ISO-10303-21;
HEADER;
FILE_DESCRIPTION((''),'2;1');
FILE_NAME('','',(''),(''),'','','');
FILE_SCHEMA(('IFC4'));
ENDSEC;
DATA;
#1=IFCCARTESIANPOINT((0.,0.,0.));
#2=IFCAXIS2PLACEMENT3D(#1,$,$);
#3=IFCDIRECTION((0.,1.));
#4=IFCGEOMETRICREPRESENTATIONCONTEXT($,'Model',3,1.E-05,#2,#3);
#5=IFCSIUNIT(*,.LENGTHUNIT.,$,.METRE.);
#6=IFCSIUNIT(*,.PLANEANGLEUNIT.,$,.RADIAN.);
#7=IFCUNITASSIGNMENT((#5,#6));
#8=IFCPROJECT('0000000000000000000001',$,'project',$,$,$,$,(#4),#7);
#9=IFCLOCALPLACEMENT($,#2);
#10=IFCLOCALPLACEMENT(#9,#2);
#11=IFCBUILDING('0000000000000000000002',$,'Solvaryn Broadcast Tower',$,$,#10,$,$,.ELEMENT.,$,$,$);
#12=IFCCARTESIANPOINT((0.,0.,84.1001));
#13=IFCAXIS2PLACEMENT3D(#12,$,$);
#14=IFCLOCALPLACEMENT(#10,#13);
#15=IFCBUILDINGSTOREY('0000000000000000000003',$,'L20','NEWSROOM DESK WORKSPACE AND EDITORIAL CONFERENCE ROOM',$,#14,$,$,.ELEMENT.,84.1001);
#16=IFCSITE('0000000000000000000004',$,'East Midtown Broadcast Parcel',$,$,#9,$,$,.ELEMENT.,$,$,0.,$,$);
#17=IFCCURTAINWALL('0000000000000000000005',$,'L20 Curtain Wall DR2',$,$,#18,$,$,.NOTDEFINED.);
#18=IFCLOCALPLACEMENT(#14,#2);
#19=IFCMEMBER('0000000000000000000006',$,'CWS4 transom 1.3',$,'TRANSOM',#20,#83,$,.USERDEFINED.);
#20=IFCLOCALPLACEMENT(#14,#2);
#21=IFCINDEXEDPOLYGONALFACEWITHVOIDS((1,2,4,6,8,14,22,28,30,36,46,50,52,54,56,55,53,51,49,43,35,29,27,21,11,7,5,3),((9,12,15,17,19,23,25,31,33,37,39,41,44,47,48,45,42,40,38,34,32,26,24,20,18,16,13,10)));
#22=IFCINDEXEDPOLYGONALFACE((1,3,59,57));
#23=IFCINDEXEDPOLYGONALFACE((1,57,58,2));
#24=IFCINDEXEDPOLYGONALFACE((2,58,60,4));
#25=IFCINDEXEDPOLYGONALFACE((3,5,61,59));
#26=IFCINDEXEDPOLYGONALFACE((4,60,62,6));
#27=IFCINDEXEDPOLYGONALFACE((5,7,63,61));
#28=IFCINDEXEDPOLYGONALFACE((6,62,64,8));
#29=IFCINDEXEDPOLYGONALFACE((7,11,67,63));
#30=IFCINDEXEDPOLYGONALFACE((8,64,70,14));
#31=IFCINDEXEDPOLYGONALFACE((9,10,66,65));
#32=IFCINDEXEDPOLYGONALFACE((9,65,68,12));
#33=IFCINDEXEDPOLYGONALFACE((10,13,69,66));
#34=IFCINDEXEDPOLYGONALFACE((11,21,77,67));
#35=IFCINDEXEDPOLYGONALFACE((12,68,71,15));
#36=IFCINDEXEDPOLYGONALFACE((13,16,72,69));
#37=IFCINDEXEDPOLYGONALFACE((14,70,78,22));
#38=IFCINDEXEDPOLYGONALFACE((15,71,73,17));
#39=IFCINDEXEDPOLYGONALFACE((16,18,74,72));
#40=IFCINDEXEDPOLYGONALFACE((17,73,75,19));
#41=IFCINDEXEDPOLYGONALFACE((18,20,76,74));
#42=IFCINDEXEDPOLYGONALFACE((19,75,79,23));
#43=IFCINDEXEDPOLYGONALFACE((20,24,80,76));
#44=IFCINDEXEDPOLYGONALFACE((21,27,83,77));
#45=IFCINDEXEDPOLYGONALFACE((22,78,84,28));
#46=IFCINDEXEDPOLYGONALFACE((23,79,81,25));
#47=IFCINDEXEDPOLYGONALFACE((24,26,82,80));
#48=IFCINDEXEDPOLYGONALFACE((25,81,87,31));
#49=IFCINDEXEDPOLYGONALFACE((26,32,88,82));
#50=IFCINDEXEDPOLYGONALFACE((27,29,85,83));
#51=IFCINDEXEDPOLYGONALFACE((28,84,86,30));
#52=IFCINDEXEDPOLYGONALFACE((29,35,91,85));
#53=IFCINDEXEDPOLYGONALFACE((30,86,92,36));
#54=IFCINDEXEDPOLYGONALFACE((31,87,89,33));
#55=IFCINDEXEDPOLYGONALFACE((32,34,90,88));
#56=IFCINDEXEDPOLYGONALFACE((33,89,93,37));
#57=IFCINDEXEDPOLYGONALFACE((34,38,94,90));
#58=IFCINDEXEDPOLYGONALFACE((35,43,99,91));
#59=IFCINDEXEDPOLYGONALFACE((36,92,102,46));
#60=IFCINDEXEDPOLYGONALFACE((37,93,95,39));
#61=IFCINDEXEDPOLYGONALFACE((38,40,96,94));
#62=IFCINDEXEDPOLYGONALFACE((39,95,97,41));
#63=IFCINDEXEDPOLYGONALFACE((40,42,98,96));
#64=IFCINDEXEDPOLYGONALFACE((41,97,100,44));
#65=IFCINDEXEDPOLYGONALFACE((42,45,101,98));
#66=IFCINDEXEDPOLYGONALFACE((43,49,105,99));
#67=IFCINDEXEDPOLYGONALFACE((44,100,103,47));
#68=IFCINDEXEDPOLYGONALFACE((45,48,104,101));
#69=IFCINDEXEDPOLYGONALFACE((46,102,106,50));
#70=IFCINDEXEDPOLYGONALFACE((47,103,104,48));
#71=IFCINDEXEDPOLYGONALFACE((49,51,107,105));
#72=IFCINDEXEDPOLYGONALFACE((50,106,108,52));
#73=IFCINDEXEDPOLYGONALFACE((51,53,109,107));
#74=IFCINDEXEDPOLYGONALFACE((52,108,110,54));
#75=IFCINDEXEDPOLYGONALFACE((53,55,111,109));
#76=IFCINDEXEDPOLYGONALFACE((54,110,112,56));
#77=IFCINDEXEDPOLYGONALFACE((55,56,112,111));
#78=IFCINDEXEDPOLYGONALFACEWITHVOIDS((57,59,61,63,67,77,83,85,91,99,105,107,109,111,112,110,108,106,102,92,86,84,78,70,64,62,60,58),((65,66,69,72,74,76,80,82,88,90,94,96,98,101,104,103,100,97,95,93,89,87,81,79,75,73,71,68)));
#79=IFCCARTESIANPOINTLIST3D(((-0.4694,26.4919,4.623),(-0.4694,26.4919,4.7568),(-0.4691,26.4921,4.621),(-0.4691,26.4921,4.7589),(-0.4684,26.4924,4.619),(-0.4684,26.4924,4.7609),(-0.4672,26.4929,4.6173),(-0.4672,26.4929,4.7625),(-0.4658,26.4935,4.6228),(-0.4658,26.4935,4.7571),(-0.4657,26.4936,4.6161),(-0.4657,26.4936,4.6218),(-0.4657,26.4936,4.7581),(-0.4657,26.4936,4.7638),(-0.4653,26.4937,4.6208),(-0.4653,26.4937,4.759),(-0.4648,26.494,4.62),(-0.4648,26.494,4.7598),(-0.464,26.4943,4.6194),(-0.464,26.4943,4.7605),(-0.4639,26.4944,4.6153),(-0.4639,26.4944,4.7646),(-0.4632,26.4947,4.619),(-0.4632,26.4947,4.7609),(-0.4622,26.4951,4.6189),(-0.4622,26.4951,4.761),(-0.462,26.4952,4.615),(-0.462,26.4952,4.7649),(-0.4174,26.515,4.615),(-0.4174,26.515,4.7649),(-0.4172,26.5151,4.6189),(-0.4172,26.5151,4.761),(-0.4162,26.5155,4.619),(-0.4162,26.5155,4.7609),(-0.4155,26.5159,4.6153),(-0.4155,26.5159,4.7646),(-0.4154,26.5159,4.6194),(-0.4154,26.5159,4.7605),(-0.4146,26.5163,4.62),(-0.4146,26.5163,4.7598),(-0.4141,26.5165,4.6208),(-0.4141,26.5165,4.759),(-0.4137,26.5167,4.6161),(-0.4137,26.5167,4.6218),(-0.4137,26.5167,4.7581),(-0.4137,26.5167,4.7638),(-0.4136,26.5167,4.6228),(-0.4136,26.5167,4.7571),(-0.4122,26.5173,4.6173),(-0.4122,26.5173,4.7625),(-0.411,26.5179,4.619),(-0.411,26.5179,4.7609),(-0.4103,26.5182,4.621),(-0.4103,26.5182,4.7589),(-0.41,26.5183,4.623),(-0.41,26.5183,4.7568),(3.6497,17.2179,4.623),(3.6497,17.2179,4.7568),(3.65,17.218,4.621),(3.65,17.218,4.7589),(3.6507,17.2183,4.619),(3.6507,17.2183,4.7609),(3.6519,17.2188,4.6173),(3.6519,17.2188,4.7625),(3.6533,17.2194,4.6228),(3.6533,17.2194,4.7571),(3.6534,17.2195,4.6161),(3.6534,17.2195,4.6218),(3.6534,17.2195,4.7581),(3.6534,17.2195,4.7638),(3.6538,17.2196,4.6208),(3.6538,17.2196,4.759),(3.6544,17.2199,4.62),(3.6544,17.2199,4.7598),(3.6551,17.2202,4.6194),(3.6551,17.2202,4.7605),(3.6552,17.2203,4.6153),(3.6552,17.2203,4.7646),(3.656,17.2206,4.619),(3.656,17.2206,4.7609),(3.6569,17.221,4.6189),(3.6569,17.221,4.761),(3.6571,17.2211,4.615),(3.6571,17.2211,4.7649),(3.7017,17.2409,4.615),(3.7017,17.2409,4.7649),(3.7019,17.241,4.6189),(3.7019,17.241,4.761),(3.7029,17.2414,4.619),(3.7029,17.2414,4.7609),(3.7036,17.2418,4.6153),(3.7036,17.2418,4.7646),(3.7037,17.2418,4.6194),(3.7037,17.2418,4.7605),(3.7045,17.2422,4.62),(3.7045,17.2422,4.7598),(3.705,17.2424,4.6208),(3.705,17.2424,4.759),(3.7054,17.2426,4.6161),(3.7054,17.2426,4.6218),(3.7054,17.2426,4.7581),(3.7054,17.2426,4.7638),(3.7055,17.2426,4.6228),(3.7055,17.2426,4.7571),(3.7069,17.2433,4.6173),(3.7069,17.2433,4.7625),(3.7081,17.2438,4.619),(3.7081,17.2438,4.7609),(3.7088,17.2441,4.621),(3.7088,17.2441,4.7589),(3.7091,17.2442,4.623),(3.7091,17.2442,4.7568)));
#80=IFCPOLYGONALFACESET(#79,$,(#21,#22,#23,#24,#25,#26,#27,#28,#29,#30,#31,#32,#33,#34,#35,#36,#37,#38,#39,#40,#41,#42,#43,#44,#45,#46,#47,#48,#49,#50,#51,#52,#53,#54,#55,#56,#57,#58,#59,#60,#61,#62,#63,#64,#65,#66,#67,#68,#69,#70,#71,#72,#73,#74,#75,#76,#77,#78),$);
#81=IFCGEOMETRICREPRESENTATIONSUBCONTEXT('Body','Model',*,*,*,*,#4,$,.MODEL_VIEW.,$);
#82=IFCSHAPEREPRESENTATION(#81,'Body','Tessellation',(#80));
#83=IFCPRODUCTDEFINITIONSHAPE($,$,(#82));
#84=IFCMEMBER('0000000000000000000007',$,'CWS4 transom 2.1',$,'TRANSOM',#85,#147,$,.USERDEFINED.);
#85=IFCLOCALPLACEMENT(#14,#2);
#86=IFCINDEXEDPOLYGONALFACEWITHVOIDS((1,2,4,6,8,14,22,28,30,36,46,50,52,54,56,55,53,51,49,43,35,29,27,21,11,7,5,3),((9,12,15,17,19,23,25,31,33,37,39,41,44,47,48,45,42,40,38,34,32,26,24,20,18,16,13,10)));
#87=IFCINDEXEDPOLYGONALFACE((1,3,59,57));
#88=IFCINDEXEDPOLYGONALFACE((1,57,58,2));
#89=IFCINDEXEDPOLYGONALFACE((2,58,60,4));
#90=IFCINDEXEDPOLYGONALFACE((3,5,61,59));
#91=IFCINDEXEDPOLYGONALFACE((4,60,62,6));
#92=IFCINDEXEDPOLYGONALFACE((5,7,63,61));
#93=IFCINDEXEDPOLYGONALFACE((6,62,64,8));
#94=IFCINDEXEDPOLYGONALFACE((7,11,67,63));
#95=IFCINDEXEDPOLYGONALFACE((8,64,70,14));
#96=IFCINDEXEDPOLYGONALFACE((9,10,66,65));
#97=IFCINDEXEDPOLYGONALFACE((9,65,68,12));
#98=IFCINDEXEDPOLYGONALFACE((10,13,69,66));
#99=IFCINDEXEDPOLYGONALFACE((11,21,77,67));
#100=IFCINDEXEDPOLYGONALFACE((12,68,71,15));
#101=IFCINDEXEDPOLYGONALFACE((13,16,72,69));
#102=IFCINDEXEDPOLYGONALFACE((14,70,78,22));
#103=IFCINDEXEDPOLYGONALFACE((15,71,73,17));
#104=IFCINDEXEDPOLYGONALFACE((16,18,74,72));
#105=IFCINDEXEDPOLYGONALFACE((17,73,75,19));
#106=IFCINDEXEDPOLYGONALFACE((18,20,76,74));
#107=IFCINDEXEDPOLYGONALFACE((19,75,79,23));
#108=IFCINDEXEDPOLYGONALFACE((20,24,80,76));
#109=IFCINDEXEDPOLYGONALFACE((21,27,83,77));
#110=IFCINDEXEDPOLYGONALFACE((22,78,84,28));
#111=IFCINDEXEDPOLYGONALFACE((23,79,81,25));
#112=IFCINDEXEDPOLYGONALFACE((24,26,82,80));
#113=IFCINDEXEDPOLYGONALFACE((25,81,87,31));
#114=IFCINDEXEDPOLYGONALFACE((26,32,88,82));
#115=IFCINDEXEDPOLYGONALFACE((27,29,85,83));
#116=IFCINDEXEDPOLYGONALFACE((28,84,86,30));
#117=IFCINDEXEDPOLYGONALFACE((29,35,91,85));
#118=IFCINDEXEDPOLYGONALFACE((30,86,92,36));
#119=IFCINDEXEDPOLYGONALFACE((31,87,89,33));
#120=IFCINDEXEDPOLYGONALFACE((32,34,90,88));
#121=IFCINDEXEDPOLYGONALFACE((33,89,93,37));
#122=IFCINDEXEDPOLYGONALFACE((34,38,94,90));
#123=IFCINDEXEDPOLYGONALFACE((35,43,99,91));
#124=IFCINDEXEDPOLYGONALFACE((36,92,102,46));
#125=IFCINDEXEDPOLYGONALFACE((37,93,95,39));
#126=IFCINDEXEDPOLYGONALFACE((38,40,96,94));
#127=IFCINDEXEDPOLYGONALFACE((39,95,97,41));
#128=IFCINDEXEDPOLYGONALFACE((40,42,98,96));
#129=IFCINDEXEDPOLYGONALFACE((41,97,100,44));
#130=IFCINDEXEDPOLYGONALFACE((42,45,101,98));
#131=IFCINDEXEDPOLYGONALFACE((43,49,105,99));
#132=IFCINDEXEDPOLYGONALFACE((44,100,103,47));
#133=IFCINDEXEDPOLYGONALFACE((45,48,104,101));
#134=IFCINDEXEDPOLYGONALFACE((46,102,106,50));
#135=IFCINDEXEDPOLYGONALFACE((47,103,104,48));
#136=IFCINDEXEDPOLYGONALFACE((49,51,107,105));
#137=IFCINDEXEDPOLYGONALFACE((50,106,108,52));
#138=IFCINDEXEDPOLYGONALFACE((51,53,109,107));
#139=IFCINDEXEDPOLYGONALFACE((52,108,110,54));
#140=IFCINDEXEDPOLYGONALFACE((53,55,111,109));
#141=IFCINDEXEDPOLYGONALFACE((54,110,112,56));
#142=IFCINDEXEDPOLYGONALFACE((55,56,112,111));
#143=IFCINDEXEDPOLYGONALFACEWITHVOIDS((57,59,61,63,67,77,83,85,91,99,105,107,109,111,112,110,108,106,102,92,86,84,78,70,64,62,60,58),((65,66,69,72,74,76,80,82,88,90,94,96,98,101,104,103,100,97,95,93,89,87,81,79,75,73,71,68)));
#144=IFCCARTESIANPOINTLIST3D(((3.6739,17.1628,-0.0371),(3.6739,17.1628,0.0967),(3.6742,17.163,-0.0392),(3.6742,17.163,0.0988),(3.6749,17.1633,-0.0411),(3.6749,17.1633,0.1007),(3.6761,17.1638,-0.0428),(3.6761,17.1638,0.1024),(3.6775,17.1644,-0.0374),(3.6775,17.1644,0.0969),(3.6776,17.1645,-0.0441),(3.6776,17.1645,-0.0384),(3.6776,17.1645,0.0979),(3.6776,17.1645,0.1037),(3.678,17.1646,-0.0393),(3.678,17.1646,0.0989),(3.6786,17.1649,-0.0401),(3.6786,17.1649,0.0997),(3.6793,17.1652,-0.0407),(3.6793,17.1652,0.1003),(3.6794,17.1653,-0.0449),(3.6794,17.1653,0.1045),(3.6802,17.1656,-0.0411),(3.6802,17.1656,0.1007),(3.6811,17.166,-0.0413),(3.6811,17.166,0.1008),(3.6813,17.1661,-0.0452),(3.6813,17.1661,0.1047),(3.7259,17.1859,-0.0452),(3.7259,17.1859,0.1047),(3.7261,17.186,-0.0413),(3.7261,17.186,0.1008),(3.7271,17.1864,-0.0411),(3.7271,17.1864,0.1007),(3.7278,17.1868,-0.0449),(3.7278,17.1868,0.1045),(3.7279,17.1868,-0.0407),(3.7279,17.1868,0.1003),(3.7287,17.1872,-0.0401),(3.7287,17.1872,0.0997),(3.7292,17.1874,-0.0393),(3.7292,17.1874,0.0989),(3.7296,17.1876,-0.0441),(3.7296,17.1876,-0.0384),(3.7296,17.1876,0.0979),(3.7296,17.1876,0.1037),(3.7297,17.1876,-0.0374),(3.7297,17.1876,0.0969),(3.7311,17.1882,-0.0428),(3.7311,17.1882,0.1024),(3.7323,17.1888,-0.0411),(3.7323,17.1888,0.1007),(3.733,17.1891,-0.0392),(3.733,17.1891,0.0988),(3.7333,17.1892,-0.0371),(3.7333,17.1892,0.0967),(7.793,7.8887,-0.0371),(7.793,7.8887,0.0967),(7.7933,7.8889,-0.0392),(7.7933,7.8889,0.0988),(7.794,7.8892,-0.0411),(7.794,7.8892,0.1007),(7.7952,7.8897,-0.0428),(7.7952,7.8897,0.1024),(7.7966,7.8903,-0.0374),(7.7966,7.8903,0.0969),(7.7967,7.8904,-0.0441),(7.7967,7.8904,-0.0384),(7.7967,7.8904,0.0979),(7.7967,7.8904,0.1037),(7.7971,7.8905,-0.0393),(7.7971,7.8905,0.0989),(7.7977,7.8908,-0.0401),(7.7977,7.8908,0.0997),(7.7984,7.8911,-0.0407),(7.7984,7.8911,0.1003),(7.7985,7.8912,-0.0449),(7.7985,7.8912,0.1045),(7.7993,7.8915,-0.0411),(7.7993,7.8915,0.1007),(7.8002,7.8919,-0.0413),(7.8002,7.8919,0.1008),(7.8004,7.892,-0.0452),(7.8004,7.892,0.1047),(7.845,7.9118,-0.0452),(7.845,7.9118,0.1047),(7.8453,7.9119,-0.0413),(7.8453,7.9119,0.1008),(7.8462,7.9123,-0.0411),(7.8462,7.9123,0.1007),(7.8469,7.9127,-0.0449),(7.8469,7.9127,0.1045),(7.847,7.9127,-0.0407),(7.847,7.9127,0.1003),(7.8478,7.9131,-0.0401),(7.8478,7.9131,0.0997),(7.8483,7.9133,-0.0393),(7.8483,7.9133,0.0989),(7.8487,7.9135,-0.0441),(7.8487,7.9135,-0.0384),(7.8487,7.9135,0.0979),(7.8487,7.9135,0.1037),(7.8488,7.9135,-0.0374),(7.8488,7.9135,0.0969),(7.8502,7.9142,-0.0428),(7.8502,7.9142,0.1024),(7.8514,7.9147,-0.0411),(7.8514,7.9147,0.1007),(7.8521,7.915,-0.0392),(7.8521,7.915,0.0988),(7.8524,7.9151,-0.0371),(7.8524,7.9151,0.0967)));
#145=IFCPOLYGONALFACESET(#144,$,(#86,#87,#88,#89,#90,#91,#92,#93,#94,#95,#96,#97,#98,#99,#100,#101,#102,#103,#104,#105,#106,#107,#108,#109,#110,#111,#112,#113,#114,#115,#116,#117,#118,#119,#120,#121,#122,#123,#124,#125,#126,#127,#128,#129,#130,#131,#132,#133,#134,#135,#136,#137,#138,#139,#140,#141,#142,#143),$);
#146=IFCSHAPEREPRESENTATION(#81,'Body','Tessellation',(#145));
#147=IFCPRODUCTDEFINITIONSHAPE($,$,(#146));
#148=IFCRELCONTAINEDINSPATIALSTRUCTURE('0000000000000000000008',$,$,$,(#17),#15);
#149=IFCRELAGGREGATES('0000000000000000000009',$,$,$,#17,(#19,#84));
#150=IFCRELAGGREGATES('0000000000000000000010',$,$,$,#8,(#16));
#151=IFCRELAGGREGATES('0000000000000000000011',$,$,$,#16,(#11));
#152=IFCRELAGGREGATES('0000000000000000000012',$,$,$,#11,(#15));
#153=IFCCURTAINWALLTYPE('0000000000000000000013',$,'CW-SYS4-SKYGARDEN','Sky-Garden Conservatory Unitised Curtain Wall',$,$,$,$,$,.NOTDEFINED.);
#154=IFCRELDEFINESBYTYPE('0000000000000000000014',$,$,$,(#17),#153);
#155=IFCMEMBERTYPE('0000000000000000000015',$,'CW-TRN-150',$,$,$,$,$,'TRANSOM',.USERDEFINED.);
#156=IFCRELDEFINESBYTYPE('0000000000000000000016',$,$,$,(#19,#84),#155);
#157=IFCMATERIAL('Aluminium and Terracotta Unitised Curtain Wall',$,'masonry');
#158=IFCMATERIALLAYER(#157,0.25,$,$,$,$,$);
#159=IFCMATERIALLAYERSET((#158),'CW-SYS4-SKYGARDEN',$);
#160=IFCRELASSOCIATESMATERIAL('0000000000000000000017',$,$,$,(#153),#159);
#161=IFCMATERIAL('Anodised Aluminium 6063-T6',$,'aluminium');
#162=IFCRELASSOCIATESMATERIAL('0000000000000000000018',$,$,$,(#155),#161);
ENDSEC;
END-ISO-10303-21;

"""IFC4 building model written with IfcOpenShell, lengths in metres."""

from ifc_helpers import new_model, si_unit, direction, frame, origin, origin_2d, place, context, subcontext, project, spatial, hollow_rectangle, extrude, material, layer, layer_set, material_profile, profile_set, type_object, element, aggregate, save


model = new_model("IFC4")

# Units and contexts
model_context = context("Model", 3, precision=1e-05, world=origin(), true_north=direction((0.0, 1.0)))
body_context = subcontext(model_context, "Body", "Model", "MODEL_VIEW")
ifc_project = project(units=[si_unit("LENGTHUNIT", "METRE"), si_unit("PLANEANGLEUNIT", "RADIAN")], contexts=[model_context])

# Site, building, storey
site_placement = place(None, origin())
site = spatial("IfcSite", under=ifc_project, at=site_placement, Name="East Midtown Broadcast Parcel", CompositionType="ELEMENT", RefElevation=0.0)
building_placement = place(site_placement, origin())
building = spatial("IfcBuilding", under=site, at=building_placement, Name="Solvaryn Broadcast Tower", CompositionType="ELEMENT")
storey_placement = place(building_placement, frame((0.0, 0.0, 84.1001)))
storey = spatial("IfcBuildingStorey", under=building, at=storey_placement, Name="L20", Description="NEWSROOM DESK WORKSPACE AND EDITORIAL CONFERENCE ROOM", CompositionType="ELEMENT", Elevation=84.1001)

# Shared definitions
ifc_material_1 = material(Name="Aluminium and Terracotta Unitised Curtain Wall", Category="masonry")
ifc_layer_1 = layer(ifc_material_1, 0.25)
ifc_layer_set_1 = layer_set([ifc_layer_1], Name="CW-SYS4-SKYGARDEN")
curtain_wall_type = type_object("IfcCurtainWallType", Name="CW-SYS4-SKYGARDEN", Description="Sky-Garden Conservatory Unitised Curtain Wall", PredefinedType="NOTDEFINED", material=ifc_layer_set_1)

# Curtain wall, members
curtain_wall_1_placement = place(storey_placement, origin())
curtain_wall_1 = element("IfcCurtainWall", 1, at=curtain_wall_1_placement, inside=storey, type_object=curtain_wall_type, Name="L20 Curtain Wall DR2", PredefinedType="NOTDEFINED")
ifc_material_2 = material(Name="Anodised Aluminium 6063-T6", Category="aluminium")
ifc_material_profile_1 = material_profile(ifc_material_2, hollow_rectangle(XDim=0.0649, YDim=0.1499, WallThickness=0.0039, InnerFilletRadius=0.0039, OuterFilletRadius=0.0081, at=origin_2d()))
ifc_profile_set_1 = profile_set([ifc_material_profile_1], Name="Anodised Aluminium 6063-T6")
member_type_1 = type_object("IfcMemberType", Name="CW-TRN-150", ElementType="TRANSOM", PredefinedType="USERDEFINED", material=ifc_profile_set_1)
member_1_placement = place(storey_placement, frame((-0.4397, 26.5051, 4.6899), z_axis=(0.405915, -0.913911, 0.0), x_axis=(0.913911, 0.405915, 0.0)))
member_1 = element("IfcMember", 2, at=member_1_placement, type_object=member_type_1, Name="CWS4 transom 1.3", ObjectType="TRANSOM", PredefinedType="USERDEFINED", context=body_context, shape_type="SweptSolid", body=[
    extrude(hollow_rectangle(XDim=0.0649, YDim=0.1499, WallThickness=0.0039, InnerFilletRadius=0.0039, OuterFilletRadius=0.0081, at=origin_2d()), origin(), (0.0, 0.0, 1.0), 10.1477),
])
member_2_placement = place(storey_placement, frame((3.7036, 17.176, 0.0298), z_axis=(0.405915, -0.913911, 0.0), x_axis=(0.913911, 0.405915, 0.0)))
member_2 = element("IfcMember", 3, at=member_2_placement, type_object=member_type_1, Name="CWS4 transom 2.1", ObjectType="TRANSOM", PredefinedType="USERDEFINED", context=body_context, shape_type="SweptSolid", body=[
    extrude(hollow_rectangle(XDim=0.0649, YDim=0.1499, WallThickness=0.0039, InnerFilletRadius=0.0039, OuterFilletRadius=0.0081, at=origin_2d()), origin(), (0.0, 0.0, 1.0), 10.1477),
])
aggregate(curtain_wall_1, [member_1, member_2])

save(model, "model.ifc")
